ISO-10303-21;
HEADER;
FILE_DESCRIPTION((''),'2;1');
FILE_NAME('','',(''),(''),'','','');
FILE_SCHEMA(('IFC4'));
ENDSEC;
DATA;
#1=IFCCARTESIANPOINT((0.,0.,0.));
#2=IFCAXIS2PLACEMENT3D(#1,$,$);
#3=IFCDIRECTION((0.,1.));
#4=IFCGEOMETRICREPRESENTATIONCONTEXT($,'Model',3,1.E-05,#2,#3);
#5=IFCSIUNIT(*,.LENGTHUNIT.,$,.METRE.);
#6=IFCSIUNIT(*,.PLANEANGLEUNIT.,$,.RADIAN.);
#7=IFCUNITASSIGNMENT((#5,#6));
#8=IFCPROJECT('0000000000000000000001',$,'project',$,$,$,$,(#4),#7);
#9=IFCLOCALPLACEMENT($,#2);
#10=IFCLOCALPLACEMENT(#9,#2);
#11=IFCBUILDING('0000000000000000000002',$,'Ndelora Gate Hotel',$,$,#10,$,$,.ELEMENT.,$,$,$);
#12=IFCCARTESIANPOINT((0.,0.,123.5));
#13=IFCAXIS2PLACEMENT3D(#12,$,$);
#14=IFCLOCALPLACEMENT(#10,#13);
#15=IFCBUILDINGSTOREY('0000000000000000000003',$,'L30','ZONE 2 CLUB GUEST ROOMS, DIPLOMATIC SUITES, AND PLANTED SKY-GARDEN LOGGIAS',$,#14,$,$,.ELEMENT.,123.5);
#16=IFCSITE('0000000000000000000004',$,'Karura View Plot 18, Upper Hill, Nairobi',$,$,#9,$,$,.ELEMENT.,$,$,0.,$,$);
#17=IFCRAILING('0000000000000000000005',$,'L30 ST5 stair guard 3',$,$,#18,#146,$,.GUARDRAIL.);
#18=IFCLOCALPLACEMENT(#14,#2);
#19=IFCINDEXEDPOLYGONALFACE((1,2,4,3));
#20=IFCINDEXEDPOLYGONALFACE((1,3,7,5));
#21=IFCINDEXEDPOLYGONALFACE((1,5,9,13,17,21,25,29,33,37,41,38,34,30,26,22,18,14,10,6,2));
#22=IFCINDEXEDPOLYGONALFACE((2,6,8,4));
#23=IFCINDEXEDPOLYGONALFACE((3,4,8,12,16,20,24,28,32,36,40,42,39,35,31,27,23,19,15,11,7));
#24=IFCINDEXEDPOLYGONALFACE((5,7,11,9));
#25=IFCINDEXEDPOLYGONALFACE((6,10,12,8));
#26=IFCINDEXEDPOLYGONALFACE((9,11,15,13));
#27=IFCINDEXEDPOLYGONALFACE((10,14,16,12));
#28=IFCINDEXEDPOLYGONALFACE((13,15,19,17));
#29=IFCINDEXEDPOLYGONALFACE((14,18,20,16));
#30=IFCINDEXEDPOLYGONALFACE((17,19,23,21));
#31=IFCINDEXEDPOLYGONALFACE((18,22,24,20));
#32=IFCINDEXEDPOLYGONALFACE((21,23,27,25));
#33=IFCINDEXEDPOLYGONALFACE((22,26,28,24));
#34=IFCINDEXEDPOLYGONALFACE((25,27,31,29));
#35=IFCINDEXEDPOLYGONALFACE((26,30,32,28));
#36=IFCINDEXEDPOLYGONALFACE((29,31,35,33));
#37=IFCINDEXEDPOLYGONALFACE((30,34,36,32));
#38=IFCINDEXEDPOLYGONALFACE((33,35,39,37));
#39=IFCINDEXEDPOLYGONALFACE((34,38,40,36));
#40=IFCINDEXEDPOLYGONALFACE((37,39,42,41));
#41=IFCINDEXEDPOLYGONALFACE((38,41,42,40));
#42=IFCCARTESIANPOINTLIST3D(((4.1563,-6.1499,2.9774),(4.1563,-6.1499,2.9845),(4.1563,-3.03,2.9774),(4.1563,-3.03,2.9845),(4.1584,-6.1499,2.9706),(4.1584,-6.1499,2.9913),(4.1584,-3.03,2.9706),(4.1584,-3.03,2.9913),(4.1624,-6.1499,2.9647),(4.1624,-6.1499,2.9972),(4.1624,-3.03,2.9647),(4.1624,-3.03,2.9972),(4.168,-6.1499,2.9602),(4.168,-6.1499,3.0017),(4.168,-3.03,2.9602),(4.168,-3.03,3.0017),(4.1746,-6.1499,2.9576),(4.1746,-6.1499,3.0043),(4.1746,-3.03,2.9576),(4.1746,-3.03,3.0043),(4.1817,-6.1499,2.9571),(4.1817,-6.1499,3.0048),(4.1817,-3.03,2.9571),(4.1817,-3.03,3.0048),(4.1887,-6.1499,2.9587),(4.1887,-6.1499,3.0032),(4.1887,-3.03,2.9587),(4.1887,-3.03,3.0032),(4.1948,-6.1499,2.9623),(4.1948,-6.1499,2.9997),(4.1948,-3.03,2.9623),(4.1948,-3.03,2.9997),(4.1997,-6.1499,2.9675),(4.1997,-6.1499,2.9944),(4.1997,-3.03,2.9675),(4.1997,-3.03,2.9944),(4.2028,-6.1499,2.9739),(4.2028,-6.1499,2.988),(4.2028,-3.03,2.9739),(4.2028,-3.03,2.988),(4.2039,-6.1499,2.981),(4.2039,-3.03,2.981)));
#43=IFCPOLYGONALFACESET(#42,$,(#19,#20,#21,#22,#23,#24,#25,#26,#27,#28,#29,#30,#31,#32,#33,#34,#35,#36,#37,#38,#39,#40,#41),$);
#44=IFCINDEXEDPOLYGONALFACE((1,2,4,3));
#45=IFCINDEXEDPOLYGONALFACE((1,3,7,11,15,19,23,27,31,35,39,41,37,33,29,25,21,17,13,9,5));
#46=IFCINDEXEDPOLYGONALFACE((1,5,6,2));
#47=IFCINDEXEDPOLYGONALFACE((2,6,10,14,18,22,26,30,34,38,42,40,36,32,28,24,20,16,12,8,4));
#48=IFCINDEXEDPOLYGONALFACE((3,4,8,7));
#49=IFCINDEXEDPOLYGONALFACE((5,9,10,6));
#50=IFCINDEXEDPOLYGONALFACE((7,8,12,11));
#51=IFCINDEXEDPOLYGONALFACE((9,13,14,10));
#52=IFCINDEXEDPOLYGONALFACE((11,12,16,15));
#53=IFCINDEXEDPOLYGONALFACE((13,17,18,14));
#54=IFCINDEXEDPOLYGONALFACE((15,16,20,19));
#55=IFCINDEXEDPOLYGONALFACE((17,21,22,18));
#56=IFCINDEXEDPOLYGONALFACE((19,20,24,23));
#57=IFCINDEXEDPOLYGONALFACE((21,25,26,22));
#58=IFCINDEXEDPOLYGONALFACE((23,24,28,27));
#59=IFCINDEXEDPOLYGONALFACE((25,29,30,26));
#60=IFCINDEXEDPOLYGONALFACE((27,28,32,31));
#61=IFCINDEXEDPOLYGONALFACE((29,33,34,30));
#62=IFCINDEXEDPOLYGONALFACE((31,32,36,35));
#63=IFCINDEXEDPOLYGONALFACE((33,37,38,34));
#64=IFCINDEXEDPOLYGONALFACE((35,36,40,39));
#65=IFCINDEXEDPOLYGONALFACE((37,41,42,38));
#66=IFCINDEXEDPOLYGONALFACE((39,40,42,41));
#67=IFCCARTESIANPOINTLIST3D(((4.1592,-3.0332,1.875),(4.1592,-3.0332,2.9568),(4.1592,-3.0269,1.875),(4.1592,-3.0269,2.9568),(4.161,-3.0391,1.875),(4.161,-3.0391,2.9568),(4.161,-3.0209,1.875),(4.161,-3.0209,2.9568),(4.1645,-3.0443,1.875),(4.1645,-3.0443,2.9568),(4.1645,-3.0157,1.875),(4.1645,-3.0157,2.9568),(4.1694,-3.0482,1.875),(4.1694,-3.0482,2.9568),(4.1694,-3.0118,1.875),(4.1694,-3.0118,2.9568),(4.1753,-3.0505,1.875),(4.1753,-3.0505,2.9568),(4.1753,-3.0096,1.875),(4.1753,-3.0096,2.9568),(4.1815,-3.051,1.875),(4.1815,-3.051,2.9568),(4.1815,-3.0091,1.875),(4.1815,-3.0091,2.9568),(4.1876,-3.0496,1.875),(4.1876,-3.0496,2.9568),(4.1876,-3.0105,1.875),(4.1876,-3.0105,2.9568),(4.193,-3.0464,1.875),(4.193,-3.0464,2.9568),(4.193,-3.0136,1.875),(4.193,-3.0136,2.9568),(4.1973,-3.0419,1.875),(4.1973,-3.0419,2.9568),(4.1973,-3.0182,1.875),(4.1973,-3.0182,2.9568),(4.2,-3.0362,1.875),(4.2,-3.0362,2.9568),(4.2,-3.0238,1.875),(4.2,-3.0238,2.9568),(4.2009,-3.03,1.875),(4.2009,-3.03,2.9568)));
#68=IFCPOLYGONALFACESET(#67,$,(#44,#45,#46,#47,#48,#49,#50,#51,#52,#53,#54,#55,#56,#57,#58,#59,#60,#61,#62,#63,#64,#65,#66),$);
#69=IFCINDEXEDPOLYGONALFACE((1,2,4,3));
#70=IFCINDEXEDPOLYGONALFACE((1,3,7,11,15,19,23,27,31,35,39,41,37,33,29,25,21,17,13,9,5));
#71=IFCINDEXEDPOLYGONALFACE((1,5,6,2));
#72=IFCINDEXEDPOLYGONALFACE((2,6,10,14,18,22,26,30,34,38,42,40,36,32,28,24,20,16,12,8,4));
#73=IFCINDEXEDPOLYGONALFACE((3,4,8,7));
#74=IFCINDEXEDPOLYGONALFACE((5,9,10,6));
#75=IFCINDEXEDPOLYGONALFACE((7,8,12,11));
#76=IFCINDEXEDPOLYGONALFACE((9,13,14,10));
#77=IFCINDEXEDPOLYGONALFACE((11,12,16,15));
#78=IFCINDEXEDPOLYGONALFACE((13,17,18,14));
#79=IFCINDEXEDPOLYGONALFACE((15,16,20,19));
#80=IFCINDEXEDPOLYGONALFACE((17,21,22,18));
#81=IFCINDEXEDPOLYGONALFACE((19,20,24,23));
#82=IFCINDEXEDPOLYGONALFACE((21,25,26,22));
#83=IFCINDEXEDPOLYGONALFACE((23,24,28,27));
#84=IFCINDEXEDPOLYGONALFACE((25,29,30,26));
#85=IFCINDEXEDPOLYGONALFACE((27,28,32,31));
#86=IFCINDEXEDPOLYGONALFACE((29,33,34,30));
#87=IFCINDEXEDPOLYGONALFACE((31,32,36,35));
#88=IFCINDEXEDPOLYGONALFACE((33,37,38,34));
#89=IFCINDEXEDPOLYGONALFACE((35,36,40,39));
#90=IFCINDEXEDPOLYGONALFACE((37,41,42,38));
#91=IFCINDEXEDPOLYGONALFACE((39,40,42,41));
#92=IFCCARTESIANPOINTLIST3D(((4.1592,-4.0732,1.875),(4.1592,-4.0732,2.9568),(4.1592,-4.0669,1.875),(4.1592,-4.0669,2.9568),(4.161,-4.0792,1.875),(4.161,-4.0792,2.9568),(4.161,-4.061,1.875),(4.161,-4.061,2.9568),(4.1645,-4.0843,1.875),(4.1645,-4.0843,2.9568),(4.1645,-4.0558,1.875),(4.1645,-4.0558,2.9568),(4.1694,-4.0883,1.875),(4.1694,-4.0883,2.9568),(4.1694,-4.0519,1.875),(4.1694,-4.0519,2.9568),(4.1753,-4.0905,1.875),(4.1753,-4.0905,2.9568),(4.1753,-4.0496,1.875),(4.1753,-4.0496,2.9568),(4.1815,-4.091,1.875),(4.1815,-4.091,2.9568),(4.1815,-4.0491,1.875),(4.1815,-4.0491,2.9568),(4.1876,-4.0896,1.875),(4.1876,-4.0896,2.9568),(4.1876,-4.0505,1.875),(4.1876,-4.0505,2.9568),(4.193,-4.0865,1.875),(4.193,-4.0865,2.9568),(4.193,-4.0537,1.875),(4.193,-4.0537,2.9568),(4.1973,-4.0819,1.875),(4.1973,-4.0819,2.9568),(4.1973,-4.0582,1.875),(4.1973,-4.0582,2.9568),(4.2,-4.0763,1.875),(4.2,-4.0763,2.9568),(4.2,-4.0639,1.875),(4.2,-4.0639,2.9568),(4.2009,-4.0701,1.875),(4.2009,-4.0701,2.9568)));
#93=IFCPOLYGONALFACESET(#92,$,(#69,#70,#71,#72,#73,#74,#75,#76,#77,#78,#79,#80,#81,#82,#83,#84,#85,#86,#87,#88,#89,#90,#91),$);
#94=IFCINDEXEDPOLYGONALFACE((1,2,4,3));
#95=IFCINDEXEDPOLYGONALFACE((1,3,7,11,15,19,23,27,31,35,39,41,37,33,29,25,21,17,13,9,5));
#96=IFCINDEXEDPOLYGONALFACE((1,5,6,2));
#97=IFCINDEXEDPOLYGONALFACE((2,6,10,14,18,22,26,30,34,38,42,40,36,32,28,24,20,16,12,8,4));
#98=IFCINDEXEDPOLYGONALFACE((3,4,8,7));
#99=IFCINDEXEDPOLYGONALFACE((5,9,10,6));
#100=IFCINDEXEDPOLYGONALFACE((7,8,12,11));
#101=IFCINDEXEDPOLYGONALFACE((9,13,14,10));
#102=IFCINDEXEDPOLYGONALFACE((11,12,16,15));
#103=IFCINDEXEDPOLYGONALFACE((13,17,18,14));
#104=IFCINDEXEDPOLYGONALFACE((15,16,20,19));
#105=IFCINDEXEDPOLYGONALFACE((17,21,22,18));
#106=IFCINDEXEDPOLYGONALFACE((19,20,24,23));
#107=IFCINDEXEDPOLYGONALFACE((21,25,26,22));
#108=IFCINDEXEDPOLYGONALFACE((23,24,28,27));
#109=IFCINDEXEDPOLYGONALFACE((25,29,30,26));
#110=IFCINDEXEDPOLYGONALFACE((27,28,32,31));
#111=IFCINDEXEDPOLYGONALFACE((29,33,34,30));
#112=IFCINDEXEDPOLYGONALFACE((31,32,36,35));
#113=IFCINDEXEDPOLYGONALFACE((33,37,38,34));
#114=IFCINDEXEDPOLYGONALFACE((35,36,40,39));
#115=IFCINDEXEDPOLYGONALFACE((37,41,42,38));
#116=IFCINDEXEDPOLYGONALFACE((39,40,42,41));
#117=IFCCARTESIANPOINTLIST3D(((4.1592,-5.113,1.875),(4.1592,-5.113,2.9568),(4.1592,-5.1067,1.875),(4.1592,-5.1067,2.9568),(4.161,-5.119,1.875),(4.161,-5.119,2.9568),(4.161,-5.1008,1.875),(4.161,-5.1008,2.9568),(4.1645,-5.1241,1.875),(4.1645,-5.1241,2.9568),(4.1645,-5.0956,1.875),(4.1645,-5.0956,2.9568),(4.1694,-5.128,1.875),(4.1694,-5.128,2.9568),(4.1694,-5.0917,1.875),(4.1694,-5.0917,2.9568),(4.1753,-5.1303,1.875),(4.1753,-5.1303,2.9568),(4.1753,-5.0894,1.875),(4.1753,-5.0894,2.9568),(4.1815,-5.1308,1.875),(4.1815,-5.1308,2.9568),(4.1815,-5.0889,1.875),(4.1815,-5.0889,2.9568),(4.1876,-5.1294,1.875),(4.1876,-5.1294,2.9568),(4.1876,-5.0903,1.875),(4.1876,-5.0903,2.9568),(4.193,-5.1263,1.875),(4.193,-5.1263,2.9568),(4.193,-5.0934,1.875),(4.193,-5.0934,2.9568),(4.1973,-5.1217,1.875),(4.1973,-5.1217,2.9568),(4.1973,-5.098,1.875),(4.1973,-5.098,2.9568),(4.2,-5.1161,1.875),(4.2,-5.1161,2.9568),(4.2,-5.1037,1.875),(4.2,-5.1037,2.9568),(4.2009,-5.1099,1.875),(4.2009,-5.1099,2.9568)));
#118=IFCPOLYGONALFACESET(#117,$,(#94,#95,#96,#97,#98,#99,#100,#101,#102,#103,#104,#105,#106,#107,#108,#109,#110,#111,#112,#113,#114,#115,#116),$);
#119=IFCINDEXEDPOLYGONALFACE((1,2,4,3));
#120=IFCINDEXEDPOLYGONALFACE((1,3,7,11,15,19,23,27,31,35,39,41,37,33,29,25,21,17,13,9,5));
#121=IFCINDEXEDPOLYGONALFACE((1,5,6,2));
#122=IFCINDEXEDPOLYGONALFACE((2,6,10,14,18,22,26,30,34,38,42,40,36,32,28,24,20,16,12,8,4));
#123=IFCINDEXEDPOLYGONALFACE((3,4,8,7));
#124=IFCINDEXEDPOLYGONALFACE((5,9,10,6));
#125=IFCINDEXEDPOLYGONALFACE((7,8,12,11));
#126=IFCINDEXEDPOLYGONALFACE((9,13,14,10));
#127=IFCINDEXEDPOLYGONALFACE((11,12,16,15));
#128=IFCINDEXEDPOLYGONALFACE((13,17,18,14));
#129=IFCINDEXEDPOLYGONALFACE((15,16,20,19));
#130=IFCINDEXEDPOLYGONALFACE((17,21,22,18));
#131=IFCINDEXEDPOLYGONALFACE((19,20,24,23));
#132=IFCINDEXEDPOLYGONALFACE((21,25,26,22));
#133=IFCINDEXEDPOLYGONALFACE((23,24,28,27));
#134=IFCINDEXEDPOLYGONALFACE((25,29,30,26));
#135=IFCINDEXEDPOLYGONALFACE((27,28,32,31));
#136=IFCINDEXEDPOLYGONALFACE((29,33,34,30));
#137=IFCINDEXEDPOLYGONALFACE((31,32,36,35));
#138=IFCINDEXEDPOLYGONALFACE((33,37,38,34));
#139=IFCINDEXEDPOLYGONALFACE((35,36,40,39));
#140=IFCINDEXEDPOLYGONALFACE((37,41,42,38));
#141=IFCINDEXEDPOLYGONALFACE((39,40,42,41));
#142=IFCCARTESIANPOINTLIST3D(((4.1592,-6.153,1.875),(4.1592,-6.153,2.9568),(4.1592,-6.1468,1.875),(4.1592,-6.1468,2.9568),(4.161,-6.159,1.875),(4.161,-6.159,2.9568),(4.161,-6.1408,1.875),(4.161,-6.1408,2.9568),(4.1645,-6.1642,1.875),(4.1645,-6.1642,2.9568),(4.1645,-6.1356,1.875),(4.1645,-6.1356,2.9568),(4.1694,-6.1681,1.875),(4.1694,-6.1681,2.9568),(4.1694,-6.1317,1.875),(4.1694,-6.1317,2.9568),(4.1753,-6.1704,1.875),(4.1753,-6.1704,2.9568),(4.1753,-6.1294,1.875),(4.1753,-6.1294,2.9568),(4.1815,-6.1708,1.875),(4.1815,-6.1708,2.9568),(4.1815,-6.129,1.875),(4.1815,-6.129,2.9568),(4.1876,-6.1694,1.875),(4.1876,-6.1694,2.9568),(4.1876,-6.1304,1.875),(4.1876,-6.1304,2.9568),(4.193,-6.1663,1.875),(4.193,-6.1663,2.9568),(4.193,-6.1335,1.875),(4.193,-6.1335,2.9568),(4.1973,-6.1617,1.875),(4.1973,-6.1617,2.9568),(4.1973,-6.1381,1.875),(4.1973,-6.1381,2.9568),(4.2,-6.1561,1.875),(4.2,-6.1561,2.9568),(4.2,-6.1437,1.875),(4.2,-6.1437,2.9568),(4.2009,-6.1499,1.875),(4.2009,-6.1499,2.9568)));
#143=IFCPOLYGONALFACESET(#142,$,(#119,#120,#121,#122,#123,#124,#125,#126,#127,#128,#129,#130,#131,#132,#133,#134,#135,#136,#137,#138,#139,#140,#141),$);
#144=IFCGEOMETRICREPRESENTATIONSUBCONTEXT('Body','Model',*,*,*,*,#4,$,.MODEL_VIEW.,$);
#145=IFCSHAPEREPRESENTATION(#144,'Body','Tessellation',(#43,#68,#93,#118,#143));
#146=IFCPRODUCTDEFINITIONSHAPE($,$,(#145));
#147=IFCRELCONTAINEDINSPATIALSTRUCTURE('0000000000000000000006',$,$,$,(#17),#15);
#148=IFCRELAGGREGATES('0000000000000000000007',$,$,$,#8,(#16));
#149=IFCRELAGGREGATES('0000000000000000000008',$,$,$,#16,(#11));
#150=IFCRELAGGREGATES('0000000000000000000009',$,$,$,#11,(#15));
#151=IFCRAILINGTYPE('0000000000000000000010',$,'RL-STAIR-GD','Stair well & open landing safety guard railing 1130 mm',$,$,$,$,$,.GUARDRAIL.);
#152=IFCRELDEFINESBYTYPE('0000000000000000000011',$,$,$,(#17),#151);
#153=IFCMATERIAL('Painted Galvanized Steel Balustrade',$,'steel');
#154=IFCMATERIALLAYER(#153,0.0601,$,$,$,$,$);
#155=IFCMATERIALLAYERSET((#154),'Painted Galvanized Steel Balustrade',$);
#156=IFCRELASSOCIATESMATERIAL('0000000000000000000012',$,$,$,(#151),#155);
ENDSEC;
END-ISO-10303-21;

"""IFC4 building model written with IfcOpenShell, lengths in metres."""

from ifc_helpers import new_model, si_unit, direction, frame, origin, origin_2d, place, context, subcontext, project, spatial, circle, extrude, material, layer, layer_set, type_object, element, save


model = new_model("IFC4")

# Units and contexts
model_context = context("Model", 3, precision=1e-05, world=origin(), true_north=direction((0.0, 1.0)))
body_context = subcontext(model_context, "Body", "Model", "MODEL_VIEW")
ifc_project = project(units=[si_unit("LENGTHUNIT", "METRE"), si_unit("PLANEANGLEUNIT", "RADIAN")], contexts=[model_context])

# Site, building, storey
site_placement = place(None, origin())
site = spatial("IfcSite", under=ifc_project, at=site_placement, Name="Karura View Plot 18, Upper Hill, Nairobi", CompositionType="ELEMENT", RefElevation=0.0)
building_placement = place(site_placement, origin())
building = spatial("IfcBuilding", under=site, at=building_placement, Name="Ndelora Gate Hotel", CompositionType="ELEMENT")
storey_placement = place(building_placement, frame((0.0, 0.0, 123.5)))
storey = spatial("IfcBuildingStorey", under=building, at=storey_placement, Name="L30", Description="ZONE 2 CLUB GUEST ROOMS, DIPLOMATIC SUITES, AND PLANTED SKY-GARDEN LOGGIAS", CompositionType="ELEMENT", Elevation=123.5)

# Railing
ifc_material_1 = material(Name="Painted Galvanized Steel Balustrade", Category="steel")
ifc_layer_1 = layer(ifc_material_1, 0.0601)
ifc_layer_set_1 = layer_set([ifc_layer_1], Name="Painted Galvanized Steel Balustrade")
railing_type_1 = type_object("IfcRailingType", Name="RL-STAIR-GD", Description="Stair well & open landing safety guard railing 1130 mm", PredefinedType="GUARDRAIL", material=ifc_layer_set_1)
railing_1_placement = place(storey_placement, frame((4.1799, -3.03, 1.875)))
element("IfcRailing", 1, at=railing_1_placement, inside=storey, type_object=railing_type_1, Name="L30 ST5 stair guard 3", PredefinedType="GUARDRAIL", context=body_context, shape_type="SweptSolid", body=[
    extrude(circle(Radius=0.0239, at=origin_2d()), frame((0.0, 0.0, 1.106), z_axis=(0.0, -1.0, 0.0), x_axis=(1.0, 0.0, 0.0)), (0.0, 0.0, 1.0), 3.1199),
    extrude(circle(Radius=0.021, at=origin_2d()), origin(), (0.0, 0.0, 1.0), 1.0818),
    extrude(circle(Radius=0.021, at=origin_2d()), frame((0.0, -1.04, 0.0)), (0.0, 0.0, 1.0), 1.0818),
    extrude(circle(Radius=0.021, at=origin_2d()), frame((0.0, -2.0798, 0.0)), (0.0, 0.0, 1.0), 1.0818),
    extrude(circle(Radius=0.021, at=origin_2d()), frame((0.0, -3.1199, 0.0)), (0.0, 0.0, 1.0), 1.0818),
])

save(model, "model.ifc")
